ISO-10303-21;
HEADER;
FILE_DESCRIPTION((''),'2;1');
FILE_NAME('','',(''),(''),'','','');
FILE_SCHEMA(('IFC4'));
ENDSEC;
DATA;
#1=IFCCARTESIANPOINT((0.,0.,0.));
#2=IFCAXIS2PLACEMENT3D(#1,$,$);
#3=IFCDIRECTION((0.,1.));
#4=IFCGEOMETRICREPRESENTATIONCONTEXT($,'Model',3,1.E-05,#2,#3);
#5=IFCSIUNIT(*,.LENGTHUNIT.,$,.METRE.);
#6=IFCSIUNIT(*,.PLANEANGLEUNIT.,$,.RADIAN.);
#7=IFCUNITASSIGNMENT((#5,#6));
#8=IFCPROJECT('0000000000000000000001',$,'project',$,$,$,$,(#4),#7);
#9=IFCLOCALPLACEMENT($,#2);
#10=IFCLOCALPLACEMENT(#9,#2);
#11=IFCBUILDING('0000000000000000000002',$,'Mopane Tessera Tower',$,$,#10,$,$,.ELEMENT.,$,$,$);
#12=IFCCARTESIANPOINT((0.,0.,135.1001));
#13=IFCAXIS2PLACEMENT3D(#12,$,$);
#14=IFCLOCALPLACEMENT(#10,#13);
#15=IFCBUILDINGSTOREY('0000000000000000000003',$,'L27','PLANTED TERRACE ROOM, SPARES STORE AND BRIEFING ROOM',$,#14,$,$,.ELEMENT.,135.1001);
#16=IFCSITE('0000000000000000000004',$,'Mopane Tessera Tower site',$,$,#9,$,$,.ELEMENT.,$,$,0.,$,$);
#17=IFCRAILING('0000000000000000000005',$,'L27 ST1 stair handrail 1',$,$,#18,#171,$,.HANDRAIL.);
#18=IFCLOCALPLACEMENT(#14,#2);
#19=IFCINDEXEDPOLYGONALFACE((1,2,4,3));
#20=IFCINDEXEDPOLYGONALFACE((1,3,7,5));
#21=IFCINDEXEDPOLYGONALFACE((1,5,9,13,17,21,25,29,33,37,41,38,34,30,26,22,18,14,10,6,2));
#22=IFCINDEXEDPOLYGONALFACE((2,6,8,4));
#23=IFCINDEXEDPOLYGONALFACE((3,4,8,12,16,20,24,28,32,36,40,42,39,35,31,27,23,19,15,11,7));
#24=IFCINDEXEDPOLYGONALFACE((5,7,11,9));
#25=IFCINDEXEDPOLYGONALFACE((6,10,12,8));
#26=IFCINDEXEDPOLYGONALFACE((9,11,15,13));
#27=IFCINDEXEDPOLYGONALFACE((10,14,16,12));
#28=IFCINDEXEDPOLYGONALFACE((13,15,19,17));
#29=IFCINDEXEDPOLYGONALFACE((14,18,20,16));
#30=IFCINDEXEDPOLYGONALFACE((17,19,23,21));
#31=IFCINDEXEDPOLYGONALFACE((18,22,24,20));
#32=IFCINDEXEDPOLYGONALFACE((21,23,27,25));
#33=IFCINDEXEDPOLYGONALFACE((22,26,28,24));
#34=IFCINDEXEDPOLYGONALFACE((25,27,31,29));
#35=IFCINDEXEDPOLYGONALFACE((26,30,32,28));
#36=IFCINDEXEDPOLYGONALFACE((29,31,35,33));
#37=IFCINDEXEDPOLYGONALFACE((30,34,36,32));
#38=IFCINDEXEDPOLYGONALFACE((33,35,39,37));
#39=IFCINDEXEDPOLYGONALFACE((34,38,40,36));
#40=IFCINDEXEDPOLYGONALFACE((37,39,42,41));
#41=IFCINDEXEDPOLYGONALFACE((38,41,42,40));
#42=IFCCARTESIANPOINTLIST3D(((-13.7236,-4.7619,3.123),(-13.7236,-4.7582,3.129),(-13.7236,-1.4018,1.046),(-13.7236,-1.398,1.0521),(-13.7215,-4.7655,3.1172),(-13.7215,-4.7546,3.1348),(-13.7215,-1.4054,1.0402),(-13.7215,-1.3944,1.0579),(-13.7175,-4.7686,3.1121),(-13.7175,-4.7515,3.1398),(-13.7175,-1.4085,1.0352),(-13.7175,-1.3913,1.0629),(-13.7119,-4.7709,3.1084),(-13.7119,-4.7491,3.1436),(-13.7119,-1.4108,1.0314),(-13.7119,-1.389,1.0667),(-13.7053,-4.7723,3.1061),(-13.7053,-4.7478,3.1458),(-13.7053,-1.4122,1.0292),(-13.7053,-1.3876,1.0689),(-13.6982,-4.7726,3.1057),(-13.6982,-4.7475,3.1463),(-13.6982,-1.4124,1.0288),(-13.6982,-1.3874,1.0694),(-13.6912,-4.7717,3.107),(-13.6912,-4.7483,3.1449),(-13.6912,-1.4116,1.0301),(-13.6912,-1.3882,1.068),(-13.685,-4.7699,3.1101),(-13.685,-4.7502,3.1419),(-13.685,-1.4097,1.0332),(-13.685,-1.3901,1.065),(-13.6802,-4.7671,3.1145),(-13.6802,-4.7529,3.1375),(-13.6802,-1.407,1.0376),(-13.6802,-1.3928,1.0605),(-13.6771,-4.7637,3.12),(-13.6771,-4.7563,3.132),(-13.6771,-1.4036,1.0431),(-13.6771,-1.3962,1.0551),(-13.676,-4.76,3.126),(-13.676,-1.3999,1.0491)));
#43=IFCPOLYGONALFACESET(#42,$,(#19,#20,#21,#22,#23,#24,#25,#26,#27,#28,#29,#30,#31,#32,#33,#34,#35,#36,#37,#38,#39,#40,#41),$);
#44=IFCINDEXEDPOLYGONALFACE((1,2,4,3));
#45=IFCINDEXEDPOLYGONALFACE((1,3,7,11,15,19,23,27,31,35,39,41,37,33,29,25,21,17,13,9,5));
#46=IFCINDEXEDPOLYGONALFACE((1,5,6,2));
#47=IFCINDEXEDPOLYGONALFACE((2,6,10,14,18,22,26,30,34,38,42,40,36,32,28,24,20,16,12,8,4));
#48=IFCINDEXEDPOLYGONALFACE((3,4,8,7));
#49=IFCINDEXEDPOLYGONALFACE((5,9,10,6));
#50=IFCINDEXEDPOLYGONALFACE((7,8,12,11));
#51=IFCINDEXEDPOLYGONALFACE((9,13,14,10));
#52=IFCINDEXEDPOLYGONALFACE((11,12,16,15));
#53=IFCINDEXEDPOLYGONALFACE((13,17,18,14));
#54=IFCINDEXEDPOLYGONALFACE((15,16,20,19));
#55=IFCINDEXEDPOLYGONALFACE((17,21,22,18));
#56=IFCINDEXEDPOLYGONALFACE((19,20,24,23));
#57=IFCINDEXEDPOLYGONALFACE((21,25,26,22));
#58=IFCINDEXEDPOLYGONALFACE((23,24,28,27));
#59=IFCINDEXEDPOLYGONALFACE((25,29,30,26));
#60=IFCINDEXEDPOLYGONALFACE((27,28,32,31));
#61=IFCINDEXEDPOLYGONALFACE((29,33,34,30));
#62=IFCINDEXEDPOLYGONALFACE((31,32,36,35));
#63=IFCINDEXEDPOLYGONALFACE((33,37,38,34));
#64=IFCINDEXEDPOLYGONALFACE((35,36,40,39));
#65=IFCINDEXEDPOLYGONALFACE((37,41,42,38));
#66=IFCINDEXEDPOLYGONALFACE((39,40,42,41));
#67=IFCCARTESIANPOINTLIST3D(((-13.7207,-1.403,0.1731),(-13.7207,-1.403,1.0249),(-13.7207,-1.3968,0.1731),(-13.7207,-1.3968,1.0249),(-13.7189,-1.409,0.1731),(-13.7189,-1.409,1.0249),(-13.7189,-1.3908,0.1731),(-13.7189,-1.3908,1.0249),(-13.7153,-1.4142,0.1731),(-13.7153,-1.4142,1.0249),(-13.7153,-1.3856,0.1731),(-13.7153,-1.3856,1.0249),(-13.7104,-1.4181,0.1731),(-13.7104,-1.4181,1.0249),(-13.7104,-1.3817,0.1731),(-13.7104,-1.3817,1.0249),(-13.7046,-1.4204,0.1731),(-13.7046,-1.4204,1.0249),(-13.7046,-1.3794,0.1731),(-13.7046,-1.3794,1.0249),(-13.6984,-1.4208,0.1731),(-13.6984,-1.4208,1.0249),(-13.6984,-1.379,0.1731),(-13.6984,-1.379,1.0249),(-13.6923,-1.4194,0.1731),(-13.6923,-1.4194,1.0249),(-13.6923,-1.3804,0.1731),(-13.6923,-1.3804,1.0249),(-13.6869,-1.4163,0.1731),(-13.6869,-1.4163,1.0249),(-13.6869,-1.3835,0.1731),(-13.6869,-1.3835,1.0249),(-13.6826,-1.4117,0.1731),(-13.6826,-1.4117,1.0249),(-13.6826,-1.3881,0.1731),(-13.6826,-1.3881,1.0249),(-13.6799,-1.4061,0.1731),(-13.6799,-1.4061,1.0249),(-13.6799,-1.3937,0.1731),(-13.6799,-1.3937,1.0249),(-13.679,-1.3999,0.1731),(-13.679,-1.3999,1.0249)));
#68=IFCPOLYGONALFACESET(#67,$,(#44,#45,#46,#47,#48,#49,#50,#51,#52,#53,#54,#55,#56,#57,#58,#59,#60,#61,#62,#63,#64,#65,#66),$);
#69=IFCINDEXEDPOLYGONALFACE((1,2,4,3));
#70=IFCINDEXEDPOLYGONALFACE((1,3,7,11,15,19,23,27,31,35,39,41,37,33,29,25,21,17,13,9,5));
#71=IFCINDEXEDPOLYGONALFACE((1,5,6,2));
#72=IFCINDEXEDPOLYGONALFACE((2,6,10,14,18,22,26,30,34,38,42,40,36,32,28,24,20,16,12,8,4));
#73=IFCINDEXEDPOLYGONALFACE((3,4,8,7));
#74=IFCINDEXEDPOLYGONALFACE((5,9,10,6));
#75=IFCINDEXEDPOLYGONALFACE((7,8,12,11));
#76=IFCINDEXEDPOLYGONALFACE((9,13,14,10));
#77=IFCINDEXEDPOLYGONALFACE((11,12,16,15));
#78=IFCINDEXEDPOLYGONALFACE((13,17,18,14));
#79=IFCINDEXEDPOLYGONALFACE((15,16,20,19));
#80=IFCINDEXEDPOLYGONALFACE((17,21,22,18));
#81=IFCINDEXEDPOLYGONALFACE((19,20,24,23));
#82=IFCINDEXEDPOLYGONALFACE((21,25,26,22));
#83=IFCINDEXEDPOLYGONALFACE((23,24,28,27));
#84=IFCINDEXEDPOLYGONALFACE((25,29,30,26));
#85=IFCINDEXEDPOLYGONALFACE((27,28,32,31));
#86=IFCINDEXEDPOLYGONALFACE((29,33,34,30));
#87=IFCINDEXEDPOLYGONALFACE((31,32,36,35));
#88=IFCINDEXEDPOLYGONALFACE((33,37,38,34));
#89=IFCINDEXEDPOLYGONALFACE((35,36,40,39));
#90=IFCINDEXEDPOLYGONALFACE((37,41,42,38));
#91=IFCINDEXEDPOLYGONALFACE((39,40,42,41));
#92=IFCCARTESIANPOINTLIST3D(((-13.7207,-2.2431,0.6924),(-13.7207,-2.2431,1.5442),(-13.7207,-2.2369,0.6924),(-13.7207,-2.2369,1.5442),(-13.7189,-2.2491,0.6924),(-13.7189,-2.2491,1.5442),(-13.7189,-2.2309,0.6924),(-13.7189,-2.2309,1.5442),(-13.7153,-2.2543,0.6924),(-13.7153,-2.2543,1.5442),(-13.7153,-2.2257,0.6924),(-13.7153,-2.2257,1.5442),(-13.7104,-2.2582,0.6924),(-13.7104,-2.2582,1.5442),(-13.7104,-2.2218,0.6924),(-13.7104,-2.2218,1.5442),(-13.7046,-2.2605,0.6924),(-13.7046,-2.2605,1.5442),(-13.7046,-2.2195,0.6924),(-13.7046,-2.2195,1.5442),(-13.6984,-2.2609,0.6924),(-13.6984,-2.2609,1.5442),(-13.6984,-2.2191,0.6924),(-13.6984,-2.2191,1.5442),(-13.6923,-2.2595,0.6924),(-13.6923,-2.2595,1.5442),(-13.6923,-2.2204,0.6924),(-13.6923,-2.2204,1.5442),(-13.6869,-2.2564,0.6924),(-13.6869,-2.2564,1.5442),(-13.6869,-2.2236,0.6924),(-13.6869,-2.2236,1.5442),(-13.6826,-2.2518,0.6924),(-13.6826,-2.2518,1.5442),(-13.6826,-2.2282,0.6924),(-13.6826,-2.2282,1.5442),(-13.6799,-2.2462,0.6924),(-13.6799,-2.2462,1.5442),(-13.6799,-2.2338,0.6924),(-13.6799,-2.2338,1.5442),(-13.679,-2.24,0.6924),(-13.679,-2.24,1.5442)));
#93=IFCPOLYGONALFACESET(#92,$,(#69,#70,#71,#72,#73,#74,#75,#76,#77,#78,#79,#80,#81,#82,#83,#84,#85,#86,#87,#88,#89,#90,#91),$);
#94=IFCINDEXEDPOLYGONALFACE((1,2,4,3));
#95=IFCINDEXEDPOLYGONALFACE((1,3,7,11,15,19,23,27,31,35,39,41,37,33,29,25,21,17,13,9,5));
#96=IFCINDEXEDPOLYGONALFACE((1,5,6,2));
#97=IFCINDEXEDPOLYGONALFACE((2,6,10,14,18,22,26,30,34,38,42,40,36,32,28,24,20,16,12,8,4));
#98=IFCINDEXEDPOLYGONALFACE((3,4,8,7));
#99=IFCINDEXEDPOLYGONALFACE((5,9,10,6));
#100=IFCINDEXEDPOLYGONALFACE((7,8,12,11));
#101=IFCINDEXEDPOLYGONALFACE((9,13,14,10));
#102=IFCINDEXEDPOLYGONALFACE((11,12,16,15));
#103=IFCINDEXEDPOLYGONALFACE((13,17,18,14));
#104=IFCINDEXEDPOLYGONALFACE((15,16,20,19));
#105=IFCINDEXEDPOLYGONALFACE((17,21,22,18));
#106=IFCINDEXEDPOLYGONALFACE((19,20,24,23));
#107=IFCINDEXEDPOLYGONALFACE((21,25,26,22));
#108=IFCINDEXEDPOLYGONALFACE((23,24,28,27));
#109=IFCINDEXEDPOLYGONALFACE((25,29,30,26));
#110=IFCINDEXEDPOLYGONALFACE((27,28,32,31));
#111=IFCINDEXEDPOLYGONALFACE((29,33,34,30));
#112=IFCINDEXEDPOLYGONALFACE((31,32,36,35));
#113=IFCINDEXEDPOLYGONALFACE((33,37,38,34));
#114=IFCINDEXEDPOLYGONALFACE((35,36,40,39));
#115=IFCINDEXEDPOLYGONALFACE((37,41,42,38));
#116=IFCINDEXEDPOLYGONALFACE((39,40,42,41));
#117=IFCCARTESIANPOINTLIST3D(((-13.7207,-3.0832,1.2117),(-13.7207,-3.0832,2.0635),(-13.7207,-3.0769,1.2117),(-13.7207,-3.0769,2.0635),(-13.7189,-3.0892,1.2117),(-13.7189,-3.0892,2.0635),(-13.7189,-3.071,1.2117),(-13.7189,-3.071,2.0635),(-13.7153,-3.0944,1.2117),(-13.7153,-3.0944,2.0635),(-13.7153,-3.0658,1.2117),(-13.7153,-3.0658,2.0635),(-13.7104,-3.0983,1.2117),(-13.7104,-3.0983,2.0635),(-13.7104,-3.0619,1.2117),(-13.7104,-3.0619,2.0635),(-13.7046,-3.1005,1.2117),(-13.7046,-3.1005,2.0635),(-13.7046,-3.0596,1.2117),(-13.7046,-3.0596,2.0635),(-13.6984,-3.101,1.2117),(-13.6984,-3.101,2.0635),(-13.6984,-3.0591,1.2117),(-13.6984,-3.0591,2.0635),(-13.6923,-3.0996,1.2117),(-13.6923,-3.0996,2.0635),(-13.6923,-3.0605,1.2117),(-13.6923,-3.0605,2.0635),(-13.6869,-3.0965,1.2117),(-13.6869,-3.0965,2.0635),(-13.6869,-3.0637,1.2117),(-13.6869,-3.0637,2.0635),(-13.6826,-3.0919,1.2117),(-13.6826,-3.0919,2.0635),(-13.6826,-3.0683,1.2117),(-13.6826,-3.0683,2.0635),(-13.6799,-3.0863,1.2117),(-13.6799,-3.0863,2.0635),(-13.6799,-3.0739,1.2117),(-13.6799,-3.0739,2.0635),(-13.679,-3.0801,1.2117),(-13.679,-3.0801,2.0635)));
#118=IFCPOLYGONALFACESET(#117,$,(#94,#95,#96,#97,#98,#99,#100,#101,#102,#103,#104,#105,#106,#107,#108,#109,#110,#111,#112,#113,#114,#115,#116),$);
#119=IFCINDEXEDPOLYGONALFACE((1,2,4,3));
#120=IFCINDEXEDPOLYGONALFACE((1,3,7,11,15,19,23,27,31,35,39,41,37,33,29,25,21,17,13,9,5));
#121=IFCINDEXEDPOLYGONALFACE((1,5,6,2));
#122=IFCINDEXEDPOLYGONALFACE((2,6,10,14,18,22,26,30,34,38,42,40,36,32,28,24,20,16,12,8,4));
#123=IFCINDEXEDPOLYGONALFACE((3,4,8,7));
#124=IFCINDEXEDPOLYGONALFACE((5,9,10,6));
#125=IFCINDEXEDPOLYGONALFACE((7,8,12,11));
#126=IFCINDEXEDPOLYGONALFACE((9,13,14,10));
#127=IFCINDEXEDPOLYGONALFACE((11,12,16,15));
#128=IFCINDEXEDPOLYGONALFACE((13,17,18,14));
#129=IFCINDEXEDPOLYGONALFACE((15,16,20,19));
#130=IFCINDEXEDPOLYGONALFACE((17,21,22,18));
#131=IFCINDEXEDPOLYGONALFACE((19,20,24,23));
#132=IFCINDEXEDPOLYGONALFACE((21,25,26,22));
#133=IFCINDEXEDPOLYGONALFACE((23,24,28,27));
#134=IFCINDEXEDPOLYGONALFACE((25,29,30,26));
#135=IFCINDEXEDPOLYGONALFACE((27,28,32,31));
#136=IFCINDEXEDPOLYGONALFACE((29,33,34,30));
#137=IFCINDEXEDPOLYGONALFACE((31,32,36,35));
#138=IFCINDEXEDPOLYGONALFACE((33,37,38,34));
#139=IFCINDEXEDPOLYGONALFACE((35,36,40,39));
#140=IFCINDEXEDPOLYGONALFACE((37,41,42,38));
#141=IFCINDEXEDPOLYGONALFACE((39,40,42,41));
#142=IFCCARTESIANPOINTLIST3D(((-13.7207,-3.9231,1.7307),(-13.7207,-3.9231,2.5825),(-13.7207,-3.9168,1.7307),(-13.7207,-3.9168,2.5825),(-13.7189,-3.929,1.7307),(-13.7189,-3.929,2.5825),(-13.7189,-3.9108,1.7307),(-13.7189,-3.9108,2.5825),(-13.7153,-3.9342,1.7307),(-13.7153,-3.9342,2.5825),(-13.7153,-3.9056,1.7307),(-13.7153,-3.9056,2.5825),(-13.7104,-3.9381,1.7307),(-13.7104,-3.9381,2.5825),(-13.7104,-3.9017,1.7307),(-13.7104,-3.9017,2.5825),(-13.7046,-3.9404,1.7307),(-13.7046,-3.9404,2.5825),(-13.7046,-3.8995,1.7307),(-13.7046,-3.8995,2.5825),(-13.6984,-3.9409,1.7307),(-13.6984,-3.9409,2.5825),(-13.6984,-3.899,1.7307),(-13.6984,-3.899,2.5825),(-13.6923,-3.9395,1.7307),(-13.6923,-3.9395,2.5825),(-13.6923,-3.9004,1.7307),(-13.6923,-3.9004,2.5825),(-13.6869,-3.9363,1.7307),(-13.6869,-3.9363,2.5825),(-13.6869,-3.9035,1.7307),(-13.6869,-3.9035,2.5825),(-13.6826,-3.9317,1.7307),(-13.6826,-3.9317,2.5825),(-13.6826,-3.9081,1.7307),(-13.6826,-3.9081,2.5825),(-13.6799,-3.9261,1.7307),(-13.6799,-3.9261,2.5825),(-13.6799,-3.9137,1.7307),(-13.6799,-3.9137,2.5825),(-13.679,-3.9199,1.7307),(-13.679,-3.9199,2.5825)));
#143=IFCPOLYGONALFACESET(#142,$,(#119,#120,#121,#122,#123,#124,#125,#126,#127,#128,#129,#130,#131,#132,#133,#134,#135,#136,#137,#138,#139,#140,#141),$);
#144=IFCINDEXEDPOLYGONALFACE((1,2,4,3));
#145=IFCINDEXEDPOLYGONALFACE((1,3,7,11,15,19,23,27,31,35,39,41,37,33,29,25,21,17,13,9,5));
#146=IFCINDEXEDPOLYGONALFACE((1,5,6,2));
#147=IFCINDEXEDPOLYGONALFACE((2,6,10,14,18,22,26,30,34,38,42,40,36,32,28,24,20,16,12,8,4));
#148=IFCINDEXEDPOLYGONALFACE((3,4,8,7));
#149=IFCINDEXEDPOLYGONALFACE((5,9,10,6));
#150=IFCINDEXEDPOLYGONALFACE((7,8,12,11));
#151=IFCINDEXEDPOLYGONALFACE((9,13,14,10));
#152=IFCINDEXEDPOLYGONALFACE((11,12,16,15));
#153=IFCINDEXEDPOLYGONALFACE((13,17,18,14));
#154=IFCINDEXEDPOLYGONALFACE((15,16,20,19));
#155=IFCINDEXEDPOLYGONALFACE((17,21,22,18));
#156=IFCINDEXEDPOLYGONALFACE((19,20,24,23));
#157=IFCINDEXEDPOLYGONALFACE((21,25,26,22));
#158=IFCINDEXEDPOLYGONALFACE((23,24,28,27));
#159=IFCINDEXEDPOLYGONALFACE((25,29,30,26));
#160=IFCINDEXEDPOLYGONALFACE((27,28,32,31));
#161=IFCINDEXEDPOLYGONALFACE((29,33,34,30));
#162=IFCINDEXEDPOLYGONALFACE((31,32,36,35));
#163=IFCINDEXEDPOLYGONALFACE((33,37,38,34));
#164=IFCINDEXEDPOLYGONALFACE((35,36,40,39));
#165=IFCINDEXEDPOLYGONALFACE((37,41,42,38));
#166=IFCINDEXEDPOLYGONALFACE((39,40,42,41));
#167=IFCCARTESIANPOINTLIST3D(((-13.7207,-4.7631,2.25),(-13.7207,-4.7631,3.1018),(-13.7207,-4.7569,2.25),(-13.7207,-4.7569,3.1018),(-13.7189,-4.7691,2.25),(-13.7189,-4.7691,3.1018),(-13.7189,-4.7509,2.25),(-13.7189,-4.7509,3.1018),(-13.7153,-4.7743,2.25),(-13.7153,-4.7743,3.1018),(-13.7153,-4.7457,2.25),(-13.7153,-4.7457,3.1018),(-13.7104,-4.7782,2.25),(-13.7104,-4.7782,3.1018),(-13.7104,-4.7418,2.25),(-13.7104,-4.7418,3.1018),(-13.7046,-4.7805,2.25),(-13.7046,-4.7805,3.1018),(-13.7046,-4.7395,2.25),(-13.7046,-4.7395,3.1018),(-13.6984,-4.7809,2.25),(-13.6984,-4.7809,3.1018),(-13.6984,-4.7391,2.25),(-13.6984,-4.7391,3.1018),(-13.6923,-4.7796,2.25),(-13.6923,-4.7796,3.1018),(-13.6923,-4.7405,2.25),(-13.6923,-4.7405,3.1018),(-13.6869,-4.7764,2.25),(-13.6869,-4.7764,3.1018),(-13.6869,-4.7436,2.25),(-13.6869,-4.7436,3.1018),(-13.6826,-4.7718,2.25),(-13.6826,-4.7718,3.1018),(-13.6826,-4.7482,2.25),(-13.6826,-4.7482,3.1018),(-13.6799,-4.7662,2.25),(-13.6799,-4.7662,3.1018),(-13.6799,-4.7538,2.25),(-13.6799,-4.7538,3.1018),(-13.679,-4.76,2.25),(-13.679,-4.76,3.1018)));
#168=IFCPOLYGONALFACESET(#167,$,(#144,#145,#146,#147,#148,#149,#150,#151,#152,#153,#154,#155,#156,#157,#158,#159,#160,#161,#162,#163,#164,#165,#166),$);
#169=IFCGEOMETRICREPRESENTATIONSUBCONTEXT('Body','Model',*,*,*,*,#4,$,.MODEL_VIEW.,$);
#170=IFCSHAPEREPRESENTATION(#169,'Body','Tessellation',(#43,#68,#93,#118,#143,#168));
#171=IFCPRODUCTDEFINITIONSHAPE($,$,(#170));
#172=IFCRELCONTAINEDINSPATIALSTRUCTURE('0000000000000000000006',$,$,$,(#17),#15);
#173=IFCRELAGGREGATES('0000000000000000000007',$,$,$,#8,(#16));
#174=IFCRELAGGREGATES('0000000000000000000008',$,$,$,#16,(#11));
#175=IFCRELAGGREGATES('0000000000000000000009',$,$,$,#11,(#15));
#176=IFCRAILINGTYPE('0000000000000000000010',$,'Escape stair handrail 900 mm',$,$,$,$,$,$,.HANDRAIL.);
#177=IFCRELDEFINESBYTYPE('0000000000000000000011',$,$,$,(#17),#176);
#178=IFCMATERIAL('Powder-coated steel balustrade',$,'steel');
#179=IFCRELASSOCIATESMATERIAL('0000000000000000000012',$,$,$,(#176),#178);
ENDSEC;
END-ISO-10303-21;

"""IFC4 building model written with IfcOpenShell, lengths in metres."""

from ifc_helpers import new_model, si_unit, direction, frame, origin, origin_2d, place, context, subcontext, project, spatial, circle, extrude, material, type_object, element, save


model = new_model("IFC4")

# Units and contexts
model_context = context("Model", 3, precision=1e-05, world=origin(), true_north=direction((0.0, 1.0)))
body_context = subcontext(model_context, "Body", "Model", "MODEL_VIEW")
ifc_project = project(units=[si_unit("LENGTHUNIT", "METRE"), si_unit("PLANEANGLEUNIT", "RADIAN")], contexts=[model_context])

# Site, building, storey
site_placement = place(None, origin())
site = spatial("IfcSite", under=ifc_project, at=site_placement, Name="Mopane Tessera Tower site", CompositionType="ELEMENT", RefElevation=0.0)
building_placement = place(site_placement, origin())
building = spatial("IfcBuilding", under=site, at=building_placement, Name="Mopane Tessera Tower", CompositionType="ELEMENT")
storey_placement = place(building_placement, frame((0.0, 0.0, 135.1001)))
storey = spatial("IfcBuildingStorey", under=building, at=storey_placement, Name="L27", Description="PLANTED TERRACE ROOM, SPARES STORE AND BRIEFING ROOM", CompositionType="ELEMENT", Elevation=135.1001)

# Railing
ifc_material_1 = material(Name="Powder-coated steel balustrade", Category="steel")
railing_type_1 = type_object("IfcRailingType", Name="Escape stair handrail 900 mm", PredefinedType="HANDRAIL", material=ifc_material_1)
railing_1_placement = place(storey_placement, frame((-13.7, -1.3999, 0.1731)))
element("IfcRailing", 1, at=railing_1_placement, inside=storey, type_object=railing_type_1, Name="L27 ST1 stair handrail 1", PredefinedType="HANDRAIL", context=body_context, shape_type="SweptSolid", body=[
    extrude(circle(Radius=0.0239, at=origin_2d()), frame((0.0, 0.0, 0.876), z_axis=(0.0, -0.850623, 0.525776), x_axis=(1.0, 0.0, 0.0)), (0.0, 0.0, 1.0), 3.9502),
    extrude(circle(Radius=0.021, at=origin_2d()), origin(), (0.0, 0.0, 1.0), 0.8518),
    extrude(circle(Radius=0.021, at=origin_2d()), frame((0.0, -0.8401, 0.5193)), (0.0, 0.0, 1.0), 0.8518),
    extrude(circle(Radius=0.021, at=origin_2d()), frame((0.0, -1.6802, 1.0386)), (0.0, 0.0, 1.0), 0.8518),
    extrude(circle(Radius=0.021, at=origin_2d()), frame((0.0, -2.52, 1.5576)), (0.0, 0.0, 1.0), 0.8518),
    extrude(circle(Radius=0.021, at=origin_2d()), frame((0.0, -3.3601, 2.0769)), (0.0, 0.0, 1.0), 0.8518),
])

save(model, "model.ifc")
